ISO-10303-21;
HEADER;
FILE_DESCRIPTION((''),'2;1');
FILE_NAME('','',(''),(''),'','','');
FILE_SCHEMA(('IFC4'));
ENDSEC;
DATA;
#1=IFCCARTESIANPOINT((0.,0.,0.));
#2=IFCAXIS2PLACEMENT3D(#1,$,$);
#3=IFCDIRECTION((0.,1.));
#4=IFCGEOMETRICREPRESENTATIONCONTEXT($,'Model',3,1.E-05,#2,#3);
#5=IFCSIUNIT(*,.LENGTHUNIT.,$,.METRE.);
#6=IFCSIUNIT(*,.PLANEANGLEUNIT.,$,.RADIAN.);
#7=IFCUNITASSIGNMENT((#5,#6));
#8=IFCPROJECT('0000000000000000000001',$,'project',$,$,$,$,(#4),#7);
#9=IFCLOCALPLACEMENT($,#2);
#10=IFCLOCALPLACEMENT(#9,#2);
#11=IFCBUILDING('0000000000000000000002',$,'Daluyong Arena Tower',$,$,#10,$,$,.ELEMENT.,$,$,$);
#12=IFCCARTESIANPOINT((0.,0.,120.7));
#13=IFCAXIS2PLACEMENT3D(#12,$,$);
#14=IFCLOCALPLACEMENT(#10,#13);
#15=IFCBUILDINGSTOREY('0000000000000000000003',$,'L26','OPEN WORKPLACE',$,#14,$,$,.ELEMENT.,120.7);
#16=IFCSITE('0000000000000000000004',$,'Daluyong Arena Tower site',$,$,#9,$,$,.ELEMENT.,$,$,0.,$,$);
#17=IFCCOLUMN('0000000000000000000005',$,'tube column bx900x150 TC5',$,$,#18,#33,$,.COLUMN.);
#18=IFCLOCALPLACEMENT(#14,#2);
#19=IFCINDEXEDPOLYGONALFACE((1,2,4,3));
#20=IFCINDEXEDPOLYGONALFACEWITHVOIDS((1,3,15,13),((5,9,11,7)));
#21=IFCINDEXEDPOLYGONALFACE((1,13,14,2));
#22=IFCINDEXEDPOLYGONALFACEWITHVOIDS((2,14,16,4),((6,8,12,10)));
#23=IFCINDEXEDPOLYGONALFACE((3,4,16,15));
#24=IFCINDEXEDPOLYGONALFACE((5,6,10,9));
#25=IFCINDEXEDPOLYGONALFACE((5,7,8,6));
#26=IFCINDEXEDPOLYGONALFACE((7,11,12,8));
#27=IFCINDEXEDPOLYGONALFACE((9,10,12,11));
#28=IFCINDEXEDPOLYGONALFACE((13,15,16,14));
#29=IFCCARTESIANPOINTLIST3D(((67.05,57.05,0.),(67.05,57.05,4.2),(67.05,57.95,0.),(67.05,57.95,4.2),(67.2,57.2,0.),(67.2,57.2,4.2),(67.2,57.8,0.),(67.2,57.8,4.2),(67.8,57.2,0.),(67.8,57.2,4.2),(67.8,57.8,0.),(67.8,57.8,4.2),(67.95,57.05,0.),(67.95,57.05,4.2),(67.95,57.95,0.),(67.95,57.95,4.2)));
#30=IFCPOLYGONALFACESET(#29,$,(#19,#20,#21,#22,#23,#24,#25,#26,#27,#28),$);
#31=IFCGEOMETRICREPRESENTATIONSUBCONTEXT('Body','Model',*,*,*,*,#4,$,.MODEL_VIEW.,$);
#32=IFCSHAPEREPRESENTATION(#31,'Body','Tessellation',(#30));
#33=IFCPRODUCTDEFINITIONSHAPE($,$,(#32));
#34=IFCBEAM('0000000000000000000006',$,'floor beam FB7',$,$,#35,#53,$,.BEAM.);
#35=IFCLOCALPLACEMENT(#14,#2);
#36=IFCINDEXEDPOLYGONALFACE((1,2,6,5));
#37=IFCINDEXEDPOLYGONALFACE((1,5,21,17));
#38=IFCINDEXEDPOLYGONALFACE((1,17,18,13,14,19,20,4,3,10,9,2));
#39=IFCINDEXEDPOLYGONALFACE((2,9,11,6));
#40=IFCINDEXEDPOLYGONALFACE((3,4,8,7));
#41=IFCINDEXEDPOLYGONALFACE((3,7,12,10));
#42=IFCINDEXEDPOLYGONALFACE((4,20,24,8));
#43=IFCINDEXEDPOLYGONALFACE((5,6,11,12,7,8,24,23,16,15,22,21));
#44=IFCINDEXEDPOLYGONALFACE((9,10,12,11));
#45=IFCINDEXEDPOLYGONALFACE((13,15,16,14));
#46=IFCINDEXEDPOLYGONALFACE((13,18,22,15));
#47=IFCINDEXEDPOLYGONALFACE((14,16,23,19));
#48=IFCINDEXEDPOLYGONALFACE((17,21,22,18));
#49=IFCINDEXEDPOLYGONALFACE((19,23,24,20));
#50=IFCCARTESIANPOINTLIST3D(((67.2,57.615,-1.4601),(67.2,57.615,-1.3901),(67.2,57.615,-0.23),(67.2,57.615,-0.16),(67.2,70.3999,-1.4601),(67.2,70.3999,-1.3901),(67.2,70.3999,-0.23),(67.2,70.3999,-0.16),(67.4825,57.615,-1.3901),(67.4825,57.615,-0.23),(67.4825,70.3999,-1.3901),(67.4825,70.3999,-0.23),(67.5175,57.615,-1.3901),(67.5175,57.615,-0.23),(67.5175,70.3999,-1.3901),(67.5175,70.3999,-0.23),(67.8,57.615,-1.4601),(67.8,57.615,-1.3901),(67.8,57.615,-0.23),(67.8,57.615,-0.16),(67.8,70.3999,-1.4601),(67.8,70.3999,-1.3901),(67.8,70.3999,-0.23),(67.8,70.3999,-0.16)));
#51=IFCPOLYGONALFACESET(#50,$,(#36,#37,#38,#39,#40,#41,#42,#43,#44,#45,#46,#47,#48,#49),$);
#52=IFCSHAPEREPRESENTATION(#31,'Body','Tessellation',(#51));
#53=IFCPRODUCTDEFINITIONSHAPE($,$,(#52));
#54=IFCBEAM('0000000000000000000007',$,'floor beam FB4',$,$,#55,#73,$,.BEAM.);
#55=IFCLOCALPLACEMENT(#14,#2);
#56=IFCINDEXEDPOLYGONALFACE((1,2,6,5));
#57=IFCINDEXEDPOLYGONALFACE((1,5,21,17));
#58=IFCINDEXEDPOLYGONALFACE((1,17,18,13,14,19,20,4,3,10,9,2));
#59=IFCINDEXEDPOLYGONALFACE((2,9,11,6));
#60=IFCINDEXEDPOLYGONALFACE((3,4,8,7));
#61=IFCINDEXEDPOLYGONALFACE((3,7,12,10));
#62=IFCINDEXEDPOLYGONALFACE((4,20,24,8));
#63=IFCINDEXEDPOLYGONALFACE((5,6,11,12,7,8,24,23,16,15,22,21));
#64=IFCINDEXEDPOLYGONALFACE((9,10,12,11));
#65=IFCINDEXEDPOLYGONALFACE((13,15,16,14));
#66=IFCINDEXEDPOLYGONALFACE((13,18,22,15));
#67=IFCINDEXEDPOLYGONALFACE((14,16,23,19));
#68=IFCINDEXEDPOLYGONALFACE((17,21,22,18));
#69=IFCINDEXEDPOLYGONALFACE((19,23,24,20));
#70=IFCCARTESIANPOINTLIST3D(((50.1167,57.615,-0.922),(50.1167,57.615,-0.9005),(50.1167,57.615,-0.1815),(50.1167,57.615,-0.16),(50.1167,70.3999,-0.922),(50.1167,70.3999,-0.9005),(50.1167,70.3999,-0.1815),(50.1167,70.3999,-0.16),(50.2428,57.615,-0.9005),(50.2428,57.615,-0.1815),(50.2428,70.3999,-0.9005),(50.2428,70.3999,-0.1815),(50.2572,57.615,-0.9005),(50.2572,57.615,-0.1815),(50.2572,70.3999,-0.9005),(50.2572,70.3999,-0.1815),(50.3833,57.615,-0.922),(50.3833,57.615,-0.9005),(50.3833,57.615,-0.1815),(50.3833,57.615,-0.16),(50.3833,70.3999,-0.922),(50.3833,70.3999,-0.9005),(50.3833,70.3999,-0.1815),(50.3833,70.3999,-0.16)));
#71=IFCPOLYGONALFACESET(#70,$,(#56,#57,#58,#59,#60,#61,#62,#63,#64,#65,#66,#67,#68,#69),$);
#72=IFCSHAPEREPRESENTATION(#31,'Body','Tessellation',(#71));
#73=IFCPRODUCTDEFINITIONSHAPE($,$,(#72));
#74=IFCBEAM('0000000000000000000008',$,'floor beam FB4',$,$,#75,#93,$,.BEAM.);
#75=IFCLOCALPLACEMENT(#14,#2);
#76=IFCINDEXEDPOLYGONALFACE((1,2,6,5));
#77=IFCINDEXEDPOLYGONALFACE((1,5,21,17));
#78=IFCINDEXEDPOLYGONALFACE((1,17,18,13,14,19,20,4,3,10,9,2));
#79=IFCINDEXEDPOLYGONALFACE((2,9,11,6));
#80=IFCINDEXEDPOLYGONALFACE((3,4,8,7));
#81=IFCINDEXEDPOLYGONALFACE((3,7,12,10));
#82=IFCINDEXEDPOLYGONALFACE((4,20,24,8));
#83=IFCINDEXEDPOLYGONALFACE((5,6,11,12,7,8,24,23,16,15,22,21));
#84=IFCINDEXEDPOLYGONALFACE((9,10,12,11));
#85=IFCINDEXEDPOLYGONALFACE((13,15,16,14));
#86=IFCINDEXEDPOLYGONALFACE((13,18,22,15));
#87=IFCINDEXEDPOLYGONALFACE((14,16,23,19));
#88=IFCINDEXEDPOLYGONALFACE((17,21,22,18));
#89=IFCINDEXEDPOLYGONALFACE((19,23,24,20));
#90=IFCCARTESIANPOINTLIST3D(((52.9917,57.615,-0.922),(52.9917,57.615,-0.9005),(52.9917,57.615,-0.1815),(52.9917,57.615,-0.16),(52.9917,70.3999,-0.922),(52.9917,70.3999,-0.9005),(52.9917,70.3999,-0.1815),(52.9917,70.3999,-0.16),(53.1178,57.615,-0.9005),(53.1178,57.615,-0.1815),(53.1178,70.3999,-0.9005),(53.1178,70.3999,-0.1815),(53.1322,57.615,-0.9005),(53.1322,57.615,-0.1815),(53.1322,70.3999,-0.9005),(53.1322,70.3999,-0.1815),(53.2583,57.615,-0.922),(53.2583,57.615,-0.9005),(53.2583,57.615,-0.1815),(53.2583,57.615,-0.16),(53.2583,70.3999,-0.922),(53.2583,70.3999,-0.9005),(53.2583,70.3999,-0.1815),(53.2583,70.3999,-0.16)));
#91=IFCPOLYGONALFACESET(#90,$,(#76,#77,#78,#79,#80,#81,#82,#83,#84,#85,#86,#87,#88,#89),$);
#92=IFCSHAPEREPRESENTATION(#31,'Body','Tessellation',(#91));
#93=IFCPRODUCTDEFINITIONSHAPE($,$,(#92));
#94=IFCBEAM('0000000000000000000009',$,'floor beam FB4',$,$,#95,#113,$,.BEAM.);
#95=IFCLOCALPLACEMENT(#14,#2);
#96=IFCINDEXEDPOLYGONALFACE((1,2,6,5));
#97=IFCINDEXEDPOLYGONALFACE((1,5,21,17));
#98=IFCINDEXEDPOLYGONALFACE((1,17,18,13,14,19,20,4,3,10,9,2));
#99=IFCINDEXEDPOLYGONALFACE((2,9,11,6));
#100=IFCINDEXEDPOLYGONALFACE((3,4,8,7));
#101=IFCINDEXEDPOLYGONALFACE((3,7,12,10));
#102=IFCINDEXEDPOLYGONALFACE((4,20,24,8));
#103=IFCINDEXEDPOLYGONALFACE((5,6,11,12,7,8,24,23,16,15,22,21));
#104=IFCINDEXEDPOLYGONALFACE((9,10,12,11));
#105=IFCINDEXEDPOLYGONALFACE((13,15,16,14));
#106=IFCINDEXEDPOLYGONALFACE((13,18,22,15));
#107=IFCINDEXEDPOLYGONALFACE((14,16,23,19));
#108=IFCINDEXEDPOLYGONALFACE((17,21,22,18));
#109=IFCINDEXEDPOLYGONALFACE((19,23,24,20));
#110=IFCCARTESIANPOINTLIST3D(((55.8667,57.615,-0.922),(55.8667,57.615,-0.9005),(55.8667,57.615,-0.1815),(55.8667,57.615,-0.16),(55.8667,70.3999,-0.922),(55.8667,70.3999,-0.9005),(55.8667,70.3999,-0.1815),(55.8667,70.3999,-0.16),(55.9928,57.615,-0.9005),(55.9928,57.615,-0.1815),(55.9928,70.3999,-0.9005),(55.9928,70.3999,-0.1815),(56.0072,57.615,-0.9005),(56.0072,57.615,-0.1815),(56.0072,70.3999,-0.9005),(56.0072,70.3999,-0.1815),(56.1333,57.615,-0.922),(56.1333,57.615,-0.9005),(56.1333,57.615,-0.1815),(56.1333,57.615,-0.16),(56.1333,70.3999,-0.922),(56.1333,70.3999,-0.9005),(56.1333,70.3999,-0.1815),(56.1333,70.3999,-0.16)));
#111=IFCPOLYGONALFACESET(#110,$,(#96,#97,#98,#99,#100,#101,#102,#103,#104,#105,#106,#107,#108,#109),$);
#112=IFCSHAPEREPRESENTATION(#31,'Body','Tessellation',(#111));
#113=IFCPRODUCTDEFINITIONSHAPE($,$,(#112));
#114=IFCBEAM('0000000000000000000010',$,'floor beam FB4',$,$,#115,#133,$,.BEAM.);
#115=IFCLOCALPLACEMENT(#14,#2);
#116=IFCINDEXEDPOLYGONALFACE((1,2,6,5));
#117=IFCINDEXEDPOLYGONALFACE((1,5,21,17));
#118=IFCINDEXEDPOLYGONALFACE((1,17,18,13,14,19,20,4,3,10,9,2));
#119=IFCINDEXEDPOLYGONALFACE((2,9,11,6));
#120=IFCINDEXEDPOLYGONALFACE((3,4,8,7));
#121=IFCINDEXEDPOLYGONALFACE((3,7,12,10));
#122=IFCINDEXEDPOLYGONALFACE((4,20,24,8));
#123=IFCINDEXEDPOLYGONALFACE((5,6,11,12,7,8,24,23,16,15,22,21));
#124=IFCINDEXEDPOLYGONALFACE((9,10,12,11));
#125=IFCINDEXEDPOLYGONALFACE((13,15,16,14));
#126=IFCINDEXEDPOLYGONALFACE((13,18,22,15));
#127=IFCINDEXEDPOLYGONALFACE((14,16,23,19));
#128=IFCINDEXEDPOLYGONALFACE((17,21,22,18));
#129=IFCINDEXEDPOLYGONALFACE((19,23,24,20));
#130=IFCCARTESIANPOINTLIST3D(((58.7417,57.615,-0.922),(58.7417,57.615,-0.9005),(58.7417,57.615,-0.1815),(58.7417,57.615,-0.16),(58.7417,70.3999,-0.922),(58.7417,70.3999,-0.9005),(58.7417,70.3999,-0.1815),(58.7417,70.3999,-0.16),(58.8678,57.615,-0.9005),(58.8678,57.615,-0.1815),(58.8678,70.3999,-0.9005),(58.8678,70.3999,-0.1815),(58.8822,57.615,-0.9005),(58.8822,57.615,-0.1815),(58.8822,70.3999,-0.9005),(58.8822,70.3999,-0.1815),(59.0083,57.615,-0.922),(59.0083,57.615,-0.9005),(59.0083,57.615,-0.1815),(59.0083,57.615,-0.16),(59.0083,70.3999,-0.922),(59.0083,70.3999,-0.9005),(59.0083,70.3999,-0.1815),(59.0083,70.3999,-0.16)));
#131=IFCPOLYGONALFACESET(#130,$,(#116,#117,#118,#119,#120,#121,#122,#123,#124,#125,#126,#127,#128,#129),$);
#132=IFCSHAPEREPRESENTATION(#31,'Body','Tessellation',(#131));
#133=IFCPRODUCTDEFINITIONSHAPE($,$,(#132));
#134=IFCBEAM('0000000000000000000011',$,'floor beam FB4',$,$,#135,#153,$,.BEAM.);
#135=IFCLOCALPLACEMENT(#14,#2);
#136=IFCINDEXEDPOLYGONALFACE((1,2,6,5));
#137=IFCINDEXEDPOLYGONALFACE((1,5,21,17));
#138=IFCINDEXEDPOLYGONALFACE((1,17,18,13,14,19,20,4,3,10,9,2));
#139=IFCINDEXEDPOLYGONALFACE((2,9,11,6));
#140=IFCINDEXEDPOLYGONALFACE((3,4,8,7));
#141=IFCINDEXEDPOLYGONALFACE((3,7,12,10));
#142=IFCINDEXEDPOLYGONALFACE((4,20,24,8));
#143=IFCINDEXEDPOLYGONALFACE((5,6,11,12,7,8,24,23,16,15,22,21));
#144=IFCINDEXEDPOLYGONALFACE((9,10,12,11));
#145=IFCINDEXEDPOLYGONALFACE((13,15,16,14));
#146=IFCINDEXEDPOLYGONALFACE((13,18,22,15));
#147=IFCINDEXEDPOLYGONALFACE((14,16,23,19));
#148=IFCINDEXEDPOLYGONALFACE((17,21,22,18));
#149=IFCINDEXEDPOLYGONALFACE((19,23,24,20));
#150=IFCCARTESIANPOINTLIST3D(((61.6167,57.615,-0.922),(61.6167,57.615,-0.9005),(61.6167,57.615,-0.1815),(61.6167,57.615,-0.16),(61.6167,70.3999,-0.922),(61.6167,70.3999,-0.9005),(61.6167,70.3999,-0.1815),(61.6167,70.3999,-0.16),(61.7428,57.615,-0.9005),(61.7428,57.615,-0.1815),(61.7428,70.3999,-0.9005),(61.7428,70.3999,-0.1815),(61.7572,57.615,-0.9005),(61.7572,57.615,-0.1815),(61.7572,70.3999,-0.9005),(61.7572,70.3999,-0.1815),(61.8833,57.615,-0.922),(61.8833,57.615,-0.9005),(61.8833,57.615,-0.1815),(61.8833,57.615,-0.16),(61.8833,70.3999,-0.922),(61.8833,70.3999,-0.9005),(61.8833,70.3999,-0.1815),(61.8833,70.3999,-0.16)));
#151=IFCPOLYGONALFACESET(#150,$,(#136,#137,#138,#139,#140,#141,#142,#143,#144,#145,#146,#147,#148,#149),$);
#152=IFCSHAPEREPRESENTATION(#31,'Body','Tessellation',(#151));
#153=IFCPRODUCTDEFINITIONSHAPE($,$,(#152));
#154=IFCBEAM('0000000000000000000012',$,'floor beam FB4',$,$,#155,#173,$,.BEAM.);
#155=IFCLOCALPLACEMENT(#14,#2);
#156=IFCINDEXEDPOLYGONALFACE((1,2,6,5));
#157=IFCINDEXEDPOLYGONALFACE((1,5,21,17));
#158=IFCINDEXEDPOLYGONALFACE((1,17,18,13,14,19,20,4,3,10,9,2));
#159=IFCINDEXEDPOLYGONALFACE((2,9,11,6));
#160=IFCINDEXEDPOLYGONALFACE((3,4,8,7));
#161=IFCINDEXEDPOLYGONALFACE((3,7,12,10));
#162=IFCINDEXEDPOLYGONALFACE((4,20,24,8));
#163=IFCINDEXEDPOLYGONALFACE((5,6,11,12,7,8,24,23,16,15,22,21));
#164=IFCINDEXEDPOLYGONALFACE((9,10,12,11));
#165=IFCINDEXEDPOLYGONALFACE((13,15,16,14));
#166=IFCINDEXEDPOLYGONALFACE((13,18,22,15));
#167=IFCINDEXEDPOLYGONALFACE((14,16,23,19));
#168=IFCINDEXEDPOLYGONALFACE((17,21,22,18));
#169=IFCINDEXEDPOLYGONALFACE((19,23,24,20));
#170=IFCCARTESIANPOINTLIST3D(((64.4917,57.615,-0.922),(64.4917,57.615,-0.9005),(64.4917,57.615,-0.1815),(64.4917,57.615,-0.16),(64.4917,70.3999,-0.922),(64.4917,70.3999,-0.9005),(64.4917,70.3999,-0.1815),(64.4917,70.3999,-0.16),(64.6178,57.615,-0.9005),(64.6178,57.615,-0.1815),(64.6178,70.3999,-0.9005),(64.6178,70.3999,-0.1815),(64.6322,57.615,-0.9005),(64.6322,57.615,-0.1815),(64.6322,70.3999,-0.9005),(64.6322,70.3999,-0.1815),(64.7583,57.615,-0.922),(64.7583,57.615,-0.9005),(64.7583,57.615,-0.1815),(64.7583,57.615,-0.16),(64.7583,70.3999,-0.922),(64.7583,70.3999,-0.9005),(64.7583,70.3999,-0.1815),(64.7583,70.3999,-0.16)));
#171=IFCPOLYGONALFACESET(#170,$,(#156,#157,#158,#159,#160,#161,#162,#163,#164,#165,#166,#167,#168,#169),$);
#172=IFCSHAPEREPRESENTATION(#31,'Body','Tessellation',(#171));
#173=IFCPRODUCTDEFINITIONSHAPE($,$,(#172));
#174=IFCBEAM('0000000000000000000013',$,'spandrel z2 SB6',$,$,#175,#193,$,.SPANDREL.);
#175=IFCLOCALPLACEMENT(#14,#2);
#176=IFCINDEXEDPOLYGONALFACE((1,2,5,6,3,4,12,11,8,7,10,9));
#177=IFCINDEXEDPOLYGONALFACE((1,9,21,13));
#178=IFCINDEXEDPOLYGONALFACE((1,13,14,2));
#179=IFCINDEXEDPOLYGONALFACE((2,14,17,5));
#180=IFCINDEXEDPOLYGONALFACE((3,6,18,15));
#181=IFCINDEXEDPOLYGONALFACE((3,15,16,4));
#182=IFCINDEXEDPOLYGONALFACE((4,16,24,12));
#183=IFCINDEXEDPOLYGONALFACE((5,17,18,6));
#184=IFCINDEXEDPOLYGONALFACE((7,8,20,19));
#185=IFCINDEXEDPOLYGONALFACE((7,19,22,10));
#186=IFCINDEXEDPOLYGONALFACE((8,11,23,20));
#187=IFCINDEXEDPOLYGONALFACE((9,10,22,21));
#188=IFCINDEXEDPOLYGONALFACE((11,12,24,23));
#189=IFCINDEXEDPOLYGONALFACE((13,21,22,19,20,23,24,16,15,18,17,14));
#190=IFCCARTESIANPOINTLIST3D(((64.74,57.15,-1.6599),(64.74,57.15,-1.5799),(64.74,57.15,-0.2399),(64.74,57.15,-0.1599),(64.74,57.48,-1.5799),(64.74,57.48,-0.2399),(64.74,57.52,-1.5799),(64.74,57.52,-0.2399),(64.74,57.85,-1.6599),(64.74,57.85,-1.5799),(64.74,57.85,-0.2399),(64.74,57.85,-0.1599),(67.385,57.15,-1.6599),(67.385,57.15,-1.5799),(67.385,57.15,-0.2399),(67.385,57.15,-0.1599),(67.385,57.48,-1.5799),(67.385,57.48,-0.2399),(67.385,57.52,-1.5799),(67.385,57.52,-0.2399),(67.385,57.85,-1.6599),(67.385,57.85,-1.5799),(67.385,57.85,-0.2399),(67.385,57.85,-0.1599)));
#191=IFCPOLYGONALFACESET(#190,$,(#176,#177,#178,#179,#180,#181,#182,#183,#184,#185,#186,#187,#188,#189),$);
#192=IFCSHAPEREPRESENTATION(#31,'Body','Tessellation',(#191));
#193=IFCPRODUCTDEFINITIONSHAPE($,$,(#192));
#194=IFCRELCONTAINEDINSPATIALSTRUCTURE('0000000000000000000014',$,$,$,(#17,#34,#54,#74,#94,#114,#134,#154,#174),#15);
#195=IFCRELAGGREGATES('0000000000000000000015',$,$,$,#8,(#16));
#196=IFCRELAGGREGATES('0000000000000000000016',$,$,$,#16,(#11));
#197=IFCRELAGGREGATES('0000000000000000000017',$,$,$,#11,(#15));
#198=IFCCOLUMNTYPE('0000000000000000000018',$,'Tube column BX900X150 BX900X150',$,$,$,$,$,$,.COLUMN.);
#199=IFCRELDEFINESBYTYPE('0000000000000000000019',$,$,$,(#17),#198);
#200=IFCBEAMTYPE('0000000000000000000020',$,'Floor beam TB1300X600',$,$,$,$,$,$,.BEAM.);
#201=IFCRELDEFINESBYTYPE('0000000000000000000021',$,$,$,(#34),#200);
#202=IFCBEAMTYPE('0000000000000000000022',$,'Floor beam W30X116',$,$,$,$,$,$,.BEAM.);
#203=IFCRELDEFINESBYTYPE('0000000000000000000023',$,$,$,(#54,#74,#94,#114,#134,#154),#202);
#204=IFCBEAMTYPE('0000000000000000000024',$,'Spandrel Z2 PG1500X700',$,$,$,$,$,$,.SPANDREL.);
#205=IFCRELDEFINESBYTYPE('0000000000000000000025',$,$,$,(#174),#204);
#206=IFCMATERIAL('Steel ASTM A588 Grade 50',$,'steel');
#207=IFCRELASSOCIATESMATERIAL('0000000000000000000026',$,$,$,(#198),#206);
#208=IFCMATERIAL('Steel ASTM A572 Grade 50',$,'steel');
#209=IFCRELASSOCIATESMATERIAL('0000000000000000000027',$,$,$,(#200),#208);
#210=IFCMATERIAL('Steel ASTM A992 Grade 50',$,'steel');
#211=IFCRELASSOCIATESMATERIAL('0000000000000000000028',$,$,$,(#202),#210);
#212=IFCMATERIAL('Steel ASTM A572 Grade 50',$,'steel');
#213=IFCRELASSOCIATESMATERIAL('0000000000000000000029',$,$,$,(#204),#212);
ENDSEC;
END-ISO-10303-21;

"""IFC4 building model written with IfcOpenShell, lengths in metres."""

from ifc_helpers import new_model, si_unit, direction, frame, origin, origin_2d, place, context, subcontext, project, spatial, hollow_rectangle, i_section, extrude, material, material_profile, profile_set, type_object, element, save


model = new_model("IFC4")

# Units and contexts
model_context = context("Model", 3, precision=1e-05, world=origin(), true_north=direction((0.0, 1.0)))
body_context = subcontext(model_context, "Body", "Model", "MODEL_VIEW")
ifc_project = project(units=[si_unit("LENGTHUNIT", "METRE"), si_unit("PLANEANGLEUNIT", "RADIAN")], contexts=[model_context])

# Site, building, storey
site_placement = place(None, origin())
site = spatial("IfcSite", under=ifc_project, at=site_placement, Name="Daluyong Arena Tower site", CompositionType="ELEMENT", RefElevation=0.0)
building_placement = place(site_placement, origin())
building = spatial("IfcBuilding", under=site, at=building_placement, Name="Daluyong Arena Tower", CompositionType="ELEMENT")
storey_placement = place(building_placement, frame((0.0, 0.0, 120.7)))
storey = spatial("IfcBuildingStorey", under=building, at=storey_placement, Name="L26", Description="OPEN WORKPLACE", CompositionType="ELEMENT", Elevation=120.7)

# Column
ifc_material_1 = material(Name="Steel ASTM A588 Grade 50", Category="steel")
ifc_material_profile_1 = material_profile(ifc_material_1, hollow_rectangle(XDim=0.8999, YDim=0.8999, WallThickness=0.15, at=origin_2d()))
ifc_profile_set_1 = profile_set([ifc_material_profile_1], Name="Steel ASTM A588 Grade 50")
column_type = type_object("IfcColumnType", Name="Tube column BX900X150 BX900X150", PredefinedType="COLUMN", material=ifc_profile_set_1)
column_placement = place(storey_placement, frame((67.5, 57.5, 0.0), z_axis=(0.0, 0.0, 1.0), x_axis=(1.0, 0.0, 0.0)))
element("IfcColumn", 1, at=column_placement, inside=storey, type_object=column_type, Name="tube column bx900x150 TC5", PredefinedType="COLUMN", context=body_context, shape_type="SweptSolid", body=[
    extrude(hollow_rectangle(XDim=0.8999, YDim=0.8999, WallThickness=0.15, at=origin_2d()), origin(), (0.0, 0.0, 1.0), 4.2),
])

# Beams
ifc_material_2 = material(Name="Steel ASTM A572 Grade 50", Category="steel")
ifc_material_profile_2 = material_profile(ifc_material_2, i_section(OverallWidth=0.6001, OverallDepth=1.3, WebThickness=0.035, FlangeThickness=0.07, at=origin_2d()))
ifc_profile_set_2 = profile_set([ifc_material_profile_2], Name="Steel ASTM A572 Grade 50")
beam_type_1 = type_object("IfcBeamType", Name="Floor beam TB1300X600", PredefinedType="BEAM", material=ifc_profile_set_2)
beam_placement = place(storey_placement, frame((67.5, 57.615, -0.8101), z_axis=(0.0, 1.0, 0.0), x_axis=(-1.0, 0.0, 0.0)))
element("IfcBeam", 2, at=beam_placement, inside=storey, type_object=beam_type_1, Name="floor beam FB7", PredefinedType="BEAM", context=body_context, shape_type="SweptSolid", body=[
    extrude(i_section(OverallWidth=0.6001, OverallDepth=1.3, WebThickness=0.035, FlangeThickness=0.07, at=origin_2d()), origin(), (0.0, 0.0, 1.0), 12.7849),
])
ifc_material_3 = material(Name="Steel ASTM A992 Grade 50", Category="steel")
ifc_material_profile_3 = material_profile(ifc_material_3, i_section(OverallWidth=0.2666, OverallDepth=0.762, WebThickness=0.0144, FlangeThickness=0.0215, at=origin_2d()))
ifc_profile_set_3 = profile_set([ifc_material_profile_3], Name="Steel ASTM A992 Grade 50")
beam_type_2 = type_object("IfcBeamType", Name="Floor beam W30X116", PredefinedType="BEAM", material=ifc_profile_set_3)
for number, where, z_axis, x_axis, name in (
    (3, (50.25, 57.615, -0.541), (0.0, 1.0, 0.0), (-1.0, 0.0, 0.0), "floor beam FB4"),
    (4, (53.125, 57.615, -0.541), (0.0, 1.0, 0.0), (-1.0, 0.0, 0.0), "floor beam FB4"),
    (5, (56.0, 57.615, -0.541), (0.0, 1.0, 0.0), (-1.0, 0.0, 0.0), "floor beam FB4"),
    (6, (58.875, 57.615, -0.541), (0.0, 1.0, 0.0), (-1.0, 0.0, 0.0), "floor beam FB4"),
    (7, (61.75, 57.615, -0.541), (0.0, 1.0, 0.0), (-1.0, 0.0, 0.0), "floor beam FB4"),
    (8, (64.625, 57.615, -0.541), (0.0, 1.0, 0.0), (-1.0, 0.0, 0.0), "floor beam FB4"),
):
    element("IfcBeam", number, at=place(storey_placement, frame(where, z_axis=z_axis, x_axis=x_axis)), inside=storey, type_object=beam_type_2, Name=name, PredefinedType="BEAM", context=body_context, shape_type="SweptSolid", body=[
        extrude(i_section(OverallWidth=0.2666, OverallDepth=0.762, WebThickness=0.0144, FlangeThickness=0.0215, at=origin_2d()), origin(), (0.0, 0.0, 1.0), 12.7849),
    ])
ifc_material_4 = material(Name="Steel ASTM A572 Grade 50", Category="steel")
ifc_material_profile_4 = material_profile(ifc_material_4, i_section(OverallWidth=0.7, OverallDepth=1.5, WebThickness=0.04, FlangeThickness=0.08, at=origin_2d()))
ifc_profile_set_4 = profile_set([ifc_material_profile_4], Name="Steel ASTM A572 Grade 50")
beam_type_3 = type_object("IfcBeamType", Name="Spandrel Z2 PG1500X700", PredefinedType="SPANDREL", material=ifc_profile_set_4)
for number, where, z_axis, x_axis, name in (
    (9, (64.74, 57.5, -0.9099), (1.0, 0.0, 0.0), (0.0, 1.0, 0.0), "spandrel z2 SB6"),
):
    element("IfcBeam", number, at=place(storey_placement, frame(where, z_axis=z_axis, x_axis=x_axis)), inside=storey, type_object=beam_type_3, Name=name, PredefinedType="SPANDREL", context=body_context, shape_type="SweptSolid", body=[
        extrude(i_section(OverallWidth=0.7, OverallDepth=1.5, WebThickness=0.04, FlangeThickness=0.08, at=origin_2d()), origin(), (0.0, 0.0, 1.0), 2.645),
    ])

save(model, "model.ifc")
